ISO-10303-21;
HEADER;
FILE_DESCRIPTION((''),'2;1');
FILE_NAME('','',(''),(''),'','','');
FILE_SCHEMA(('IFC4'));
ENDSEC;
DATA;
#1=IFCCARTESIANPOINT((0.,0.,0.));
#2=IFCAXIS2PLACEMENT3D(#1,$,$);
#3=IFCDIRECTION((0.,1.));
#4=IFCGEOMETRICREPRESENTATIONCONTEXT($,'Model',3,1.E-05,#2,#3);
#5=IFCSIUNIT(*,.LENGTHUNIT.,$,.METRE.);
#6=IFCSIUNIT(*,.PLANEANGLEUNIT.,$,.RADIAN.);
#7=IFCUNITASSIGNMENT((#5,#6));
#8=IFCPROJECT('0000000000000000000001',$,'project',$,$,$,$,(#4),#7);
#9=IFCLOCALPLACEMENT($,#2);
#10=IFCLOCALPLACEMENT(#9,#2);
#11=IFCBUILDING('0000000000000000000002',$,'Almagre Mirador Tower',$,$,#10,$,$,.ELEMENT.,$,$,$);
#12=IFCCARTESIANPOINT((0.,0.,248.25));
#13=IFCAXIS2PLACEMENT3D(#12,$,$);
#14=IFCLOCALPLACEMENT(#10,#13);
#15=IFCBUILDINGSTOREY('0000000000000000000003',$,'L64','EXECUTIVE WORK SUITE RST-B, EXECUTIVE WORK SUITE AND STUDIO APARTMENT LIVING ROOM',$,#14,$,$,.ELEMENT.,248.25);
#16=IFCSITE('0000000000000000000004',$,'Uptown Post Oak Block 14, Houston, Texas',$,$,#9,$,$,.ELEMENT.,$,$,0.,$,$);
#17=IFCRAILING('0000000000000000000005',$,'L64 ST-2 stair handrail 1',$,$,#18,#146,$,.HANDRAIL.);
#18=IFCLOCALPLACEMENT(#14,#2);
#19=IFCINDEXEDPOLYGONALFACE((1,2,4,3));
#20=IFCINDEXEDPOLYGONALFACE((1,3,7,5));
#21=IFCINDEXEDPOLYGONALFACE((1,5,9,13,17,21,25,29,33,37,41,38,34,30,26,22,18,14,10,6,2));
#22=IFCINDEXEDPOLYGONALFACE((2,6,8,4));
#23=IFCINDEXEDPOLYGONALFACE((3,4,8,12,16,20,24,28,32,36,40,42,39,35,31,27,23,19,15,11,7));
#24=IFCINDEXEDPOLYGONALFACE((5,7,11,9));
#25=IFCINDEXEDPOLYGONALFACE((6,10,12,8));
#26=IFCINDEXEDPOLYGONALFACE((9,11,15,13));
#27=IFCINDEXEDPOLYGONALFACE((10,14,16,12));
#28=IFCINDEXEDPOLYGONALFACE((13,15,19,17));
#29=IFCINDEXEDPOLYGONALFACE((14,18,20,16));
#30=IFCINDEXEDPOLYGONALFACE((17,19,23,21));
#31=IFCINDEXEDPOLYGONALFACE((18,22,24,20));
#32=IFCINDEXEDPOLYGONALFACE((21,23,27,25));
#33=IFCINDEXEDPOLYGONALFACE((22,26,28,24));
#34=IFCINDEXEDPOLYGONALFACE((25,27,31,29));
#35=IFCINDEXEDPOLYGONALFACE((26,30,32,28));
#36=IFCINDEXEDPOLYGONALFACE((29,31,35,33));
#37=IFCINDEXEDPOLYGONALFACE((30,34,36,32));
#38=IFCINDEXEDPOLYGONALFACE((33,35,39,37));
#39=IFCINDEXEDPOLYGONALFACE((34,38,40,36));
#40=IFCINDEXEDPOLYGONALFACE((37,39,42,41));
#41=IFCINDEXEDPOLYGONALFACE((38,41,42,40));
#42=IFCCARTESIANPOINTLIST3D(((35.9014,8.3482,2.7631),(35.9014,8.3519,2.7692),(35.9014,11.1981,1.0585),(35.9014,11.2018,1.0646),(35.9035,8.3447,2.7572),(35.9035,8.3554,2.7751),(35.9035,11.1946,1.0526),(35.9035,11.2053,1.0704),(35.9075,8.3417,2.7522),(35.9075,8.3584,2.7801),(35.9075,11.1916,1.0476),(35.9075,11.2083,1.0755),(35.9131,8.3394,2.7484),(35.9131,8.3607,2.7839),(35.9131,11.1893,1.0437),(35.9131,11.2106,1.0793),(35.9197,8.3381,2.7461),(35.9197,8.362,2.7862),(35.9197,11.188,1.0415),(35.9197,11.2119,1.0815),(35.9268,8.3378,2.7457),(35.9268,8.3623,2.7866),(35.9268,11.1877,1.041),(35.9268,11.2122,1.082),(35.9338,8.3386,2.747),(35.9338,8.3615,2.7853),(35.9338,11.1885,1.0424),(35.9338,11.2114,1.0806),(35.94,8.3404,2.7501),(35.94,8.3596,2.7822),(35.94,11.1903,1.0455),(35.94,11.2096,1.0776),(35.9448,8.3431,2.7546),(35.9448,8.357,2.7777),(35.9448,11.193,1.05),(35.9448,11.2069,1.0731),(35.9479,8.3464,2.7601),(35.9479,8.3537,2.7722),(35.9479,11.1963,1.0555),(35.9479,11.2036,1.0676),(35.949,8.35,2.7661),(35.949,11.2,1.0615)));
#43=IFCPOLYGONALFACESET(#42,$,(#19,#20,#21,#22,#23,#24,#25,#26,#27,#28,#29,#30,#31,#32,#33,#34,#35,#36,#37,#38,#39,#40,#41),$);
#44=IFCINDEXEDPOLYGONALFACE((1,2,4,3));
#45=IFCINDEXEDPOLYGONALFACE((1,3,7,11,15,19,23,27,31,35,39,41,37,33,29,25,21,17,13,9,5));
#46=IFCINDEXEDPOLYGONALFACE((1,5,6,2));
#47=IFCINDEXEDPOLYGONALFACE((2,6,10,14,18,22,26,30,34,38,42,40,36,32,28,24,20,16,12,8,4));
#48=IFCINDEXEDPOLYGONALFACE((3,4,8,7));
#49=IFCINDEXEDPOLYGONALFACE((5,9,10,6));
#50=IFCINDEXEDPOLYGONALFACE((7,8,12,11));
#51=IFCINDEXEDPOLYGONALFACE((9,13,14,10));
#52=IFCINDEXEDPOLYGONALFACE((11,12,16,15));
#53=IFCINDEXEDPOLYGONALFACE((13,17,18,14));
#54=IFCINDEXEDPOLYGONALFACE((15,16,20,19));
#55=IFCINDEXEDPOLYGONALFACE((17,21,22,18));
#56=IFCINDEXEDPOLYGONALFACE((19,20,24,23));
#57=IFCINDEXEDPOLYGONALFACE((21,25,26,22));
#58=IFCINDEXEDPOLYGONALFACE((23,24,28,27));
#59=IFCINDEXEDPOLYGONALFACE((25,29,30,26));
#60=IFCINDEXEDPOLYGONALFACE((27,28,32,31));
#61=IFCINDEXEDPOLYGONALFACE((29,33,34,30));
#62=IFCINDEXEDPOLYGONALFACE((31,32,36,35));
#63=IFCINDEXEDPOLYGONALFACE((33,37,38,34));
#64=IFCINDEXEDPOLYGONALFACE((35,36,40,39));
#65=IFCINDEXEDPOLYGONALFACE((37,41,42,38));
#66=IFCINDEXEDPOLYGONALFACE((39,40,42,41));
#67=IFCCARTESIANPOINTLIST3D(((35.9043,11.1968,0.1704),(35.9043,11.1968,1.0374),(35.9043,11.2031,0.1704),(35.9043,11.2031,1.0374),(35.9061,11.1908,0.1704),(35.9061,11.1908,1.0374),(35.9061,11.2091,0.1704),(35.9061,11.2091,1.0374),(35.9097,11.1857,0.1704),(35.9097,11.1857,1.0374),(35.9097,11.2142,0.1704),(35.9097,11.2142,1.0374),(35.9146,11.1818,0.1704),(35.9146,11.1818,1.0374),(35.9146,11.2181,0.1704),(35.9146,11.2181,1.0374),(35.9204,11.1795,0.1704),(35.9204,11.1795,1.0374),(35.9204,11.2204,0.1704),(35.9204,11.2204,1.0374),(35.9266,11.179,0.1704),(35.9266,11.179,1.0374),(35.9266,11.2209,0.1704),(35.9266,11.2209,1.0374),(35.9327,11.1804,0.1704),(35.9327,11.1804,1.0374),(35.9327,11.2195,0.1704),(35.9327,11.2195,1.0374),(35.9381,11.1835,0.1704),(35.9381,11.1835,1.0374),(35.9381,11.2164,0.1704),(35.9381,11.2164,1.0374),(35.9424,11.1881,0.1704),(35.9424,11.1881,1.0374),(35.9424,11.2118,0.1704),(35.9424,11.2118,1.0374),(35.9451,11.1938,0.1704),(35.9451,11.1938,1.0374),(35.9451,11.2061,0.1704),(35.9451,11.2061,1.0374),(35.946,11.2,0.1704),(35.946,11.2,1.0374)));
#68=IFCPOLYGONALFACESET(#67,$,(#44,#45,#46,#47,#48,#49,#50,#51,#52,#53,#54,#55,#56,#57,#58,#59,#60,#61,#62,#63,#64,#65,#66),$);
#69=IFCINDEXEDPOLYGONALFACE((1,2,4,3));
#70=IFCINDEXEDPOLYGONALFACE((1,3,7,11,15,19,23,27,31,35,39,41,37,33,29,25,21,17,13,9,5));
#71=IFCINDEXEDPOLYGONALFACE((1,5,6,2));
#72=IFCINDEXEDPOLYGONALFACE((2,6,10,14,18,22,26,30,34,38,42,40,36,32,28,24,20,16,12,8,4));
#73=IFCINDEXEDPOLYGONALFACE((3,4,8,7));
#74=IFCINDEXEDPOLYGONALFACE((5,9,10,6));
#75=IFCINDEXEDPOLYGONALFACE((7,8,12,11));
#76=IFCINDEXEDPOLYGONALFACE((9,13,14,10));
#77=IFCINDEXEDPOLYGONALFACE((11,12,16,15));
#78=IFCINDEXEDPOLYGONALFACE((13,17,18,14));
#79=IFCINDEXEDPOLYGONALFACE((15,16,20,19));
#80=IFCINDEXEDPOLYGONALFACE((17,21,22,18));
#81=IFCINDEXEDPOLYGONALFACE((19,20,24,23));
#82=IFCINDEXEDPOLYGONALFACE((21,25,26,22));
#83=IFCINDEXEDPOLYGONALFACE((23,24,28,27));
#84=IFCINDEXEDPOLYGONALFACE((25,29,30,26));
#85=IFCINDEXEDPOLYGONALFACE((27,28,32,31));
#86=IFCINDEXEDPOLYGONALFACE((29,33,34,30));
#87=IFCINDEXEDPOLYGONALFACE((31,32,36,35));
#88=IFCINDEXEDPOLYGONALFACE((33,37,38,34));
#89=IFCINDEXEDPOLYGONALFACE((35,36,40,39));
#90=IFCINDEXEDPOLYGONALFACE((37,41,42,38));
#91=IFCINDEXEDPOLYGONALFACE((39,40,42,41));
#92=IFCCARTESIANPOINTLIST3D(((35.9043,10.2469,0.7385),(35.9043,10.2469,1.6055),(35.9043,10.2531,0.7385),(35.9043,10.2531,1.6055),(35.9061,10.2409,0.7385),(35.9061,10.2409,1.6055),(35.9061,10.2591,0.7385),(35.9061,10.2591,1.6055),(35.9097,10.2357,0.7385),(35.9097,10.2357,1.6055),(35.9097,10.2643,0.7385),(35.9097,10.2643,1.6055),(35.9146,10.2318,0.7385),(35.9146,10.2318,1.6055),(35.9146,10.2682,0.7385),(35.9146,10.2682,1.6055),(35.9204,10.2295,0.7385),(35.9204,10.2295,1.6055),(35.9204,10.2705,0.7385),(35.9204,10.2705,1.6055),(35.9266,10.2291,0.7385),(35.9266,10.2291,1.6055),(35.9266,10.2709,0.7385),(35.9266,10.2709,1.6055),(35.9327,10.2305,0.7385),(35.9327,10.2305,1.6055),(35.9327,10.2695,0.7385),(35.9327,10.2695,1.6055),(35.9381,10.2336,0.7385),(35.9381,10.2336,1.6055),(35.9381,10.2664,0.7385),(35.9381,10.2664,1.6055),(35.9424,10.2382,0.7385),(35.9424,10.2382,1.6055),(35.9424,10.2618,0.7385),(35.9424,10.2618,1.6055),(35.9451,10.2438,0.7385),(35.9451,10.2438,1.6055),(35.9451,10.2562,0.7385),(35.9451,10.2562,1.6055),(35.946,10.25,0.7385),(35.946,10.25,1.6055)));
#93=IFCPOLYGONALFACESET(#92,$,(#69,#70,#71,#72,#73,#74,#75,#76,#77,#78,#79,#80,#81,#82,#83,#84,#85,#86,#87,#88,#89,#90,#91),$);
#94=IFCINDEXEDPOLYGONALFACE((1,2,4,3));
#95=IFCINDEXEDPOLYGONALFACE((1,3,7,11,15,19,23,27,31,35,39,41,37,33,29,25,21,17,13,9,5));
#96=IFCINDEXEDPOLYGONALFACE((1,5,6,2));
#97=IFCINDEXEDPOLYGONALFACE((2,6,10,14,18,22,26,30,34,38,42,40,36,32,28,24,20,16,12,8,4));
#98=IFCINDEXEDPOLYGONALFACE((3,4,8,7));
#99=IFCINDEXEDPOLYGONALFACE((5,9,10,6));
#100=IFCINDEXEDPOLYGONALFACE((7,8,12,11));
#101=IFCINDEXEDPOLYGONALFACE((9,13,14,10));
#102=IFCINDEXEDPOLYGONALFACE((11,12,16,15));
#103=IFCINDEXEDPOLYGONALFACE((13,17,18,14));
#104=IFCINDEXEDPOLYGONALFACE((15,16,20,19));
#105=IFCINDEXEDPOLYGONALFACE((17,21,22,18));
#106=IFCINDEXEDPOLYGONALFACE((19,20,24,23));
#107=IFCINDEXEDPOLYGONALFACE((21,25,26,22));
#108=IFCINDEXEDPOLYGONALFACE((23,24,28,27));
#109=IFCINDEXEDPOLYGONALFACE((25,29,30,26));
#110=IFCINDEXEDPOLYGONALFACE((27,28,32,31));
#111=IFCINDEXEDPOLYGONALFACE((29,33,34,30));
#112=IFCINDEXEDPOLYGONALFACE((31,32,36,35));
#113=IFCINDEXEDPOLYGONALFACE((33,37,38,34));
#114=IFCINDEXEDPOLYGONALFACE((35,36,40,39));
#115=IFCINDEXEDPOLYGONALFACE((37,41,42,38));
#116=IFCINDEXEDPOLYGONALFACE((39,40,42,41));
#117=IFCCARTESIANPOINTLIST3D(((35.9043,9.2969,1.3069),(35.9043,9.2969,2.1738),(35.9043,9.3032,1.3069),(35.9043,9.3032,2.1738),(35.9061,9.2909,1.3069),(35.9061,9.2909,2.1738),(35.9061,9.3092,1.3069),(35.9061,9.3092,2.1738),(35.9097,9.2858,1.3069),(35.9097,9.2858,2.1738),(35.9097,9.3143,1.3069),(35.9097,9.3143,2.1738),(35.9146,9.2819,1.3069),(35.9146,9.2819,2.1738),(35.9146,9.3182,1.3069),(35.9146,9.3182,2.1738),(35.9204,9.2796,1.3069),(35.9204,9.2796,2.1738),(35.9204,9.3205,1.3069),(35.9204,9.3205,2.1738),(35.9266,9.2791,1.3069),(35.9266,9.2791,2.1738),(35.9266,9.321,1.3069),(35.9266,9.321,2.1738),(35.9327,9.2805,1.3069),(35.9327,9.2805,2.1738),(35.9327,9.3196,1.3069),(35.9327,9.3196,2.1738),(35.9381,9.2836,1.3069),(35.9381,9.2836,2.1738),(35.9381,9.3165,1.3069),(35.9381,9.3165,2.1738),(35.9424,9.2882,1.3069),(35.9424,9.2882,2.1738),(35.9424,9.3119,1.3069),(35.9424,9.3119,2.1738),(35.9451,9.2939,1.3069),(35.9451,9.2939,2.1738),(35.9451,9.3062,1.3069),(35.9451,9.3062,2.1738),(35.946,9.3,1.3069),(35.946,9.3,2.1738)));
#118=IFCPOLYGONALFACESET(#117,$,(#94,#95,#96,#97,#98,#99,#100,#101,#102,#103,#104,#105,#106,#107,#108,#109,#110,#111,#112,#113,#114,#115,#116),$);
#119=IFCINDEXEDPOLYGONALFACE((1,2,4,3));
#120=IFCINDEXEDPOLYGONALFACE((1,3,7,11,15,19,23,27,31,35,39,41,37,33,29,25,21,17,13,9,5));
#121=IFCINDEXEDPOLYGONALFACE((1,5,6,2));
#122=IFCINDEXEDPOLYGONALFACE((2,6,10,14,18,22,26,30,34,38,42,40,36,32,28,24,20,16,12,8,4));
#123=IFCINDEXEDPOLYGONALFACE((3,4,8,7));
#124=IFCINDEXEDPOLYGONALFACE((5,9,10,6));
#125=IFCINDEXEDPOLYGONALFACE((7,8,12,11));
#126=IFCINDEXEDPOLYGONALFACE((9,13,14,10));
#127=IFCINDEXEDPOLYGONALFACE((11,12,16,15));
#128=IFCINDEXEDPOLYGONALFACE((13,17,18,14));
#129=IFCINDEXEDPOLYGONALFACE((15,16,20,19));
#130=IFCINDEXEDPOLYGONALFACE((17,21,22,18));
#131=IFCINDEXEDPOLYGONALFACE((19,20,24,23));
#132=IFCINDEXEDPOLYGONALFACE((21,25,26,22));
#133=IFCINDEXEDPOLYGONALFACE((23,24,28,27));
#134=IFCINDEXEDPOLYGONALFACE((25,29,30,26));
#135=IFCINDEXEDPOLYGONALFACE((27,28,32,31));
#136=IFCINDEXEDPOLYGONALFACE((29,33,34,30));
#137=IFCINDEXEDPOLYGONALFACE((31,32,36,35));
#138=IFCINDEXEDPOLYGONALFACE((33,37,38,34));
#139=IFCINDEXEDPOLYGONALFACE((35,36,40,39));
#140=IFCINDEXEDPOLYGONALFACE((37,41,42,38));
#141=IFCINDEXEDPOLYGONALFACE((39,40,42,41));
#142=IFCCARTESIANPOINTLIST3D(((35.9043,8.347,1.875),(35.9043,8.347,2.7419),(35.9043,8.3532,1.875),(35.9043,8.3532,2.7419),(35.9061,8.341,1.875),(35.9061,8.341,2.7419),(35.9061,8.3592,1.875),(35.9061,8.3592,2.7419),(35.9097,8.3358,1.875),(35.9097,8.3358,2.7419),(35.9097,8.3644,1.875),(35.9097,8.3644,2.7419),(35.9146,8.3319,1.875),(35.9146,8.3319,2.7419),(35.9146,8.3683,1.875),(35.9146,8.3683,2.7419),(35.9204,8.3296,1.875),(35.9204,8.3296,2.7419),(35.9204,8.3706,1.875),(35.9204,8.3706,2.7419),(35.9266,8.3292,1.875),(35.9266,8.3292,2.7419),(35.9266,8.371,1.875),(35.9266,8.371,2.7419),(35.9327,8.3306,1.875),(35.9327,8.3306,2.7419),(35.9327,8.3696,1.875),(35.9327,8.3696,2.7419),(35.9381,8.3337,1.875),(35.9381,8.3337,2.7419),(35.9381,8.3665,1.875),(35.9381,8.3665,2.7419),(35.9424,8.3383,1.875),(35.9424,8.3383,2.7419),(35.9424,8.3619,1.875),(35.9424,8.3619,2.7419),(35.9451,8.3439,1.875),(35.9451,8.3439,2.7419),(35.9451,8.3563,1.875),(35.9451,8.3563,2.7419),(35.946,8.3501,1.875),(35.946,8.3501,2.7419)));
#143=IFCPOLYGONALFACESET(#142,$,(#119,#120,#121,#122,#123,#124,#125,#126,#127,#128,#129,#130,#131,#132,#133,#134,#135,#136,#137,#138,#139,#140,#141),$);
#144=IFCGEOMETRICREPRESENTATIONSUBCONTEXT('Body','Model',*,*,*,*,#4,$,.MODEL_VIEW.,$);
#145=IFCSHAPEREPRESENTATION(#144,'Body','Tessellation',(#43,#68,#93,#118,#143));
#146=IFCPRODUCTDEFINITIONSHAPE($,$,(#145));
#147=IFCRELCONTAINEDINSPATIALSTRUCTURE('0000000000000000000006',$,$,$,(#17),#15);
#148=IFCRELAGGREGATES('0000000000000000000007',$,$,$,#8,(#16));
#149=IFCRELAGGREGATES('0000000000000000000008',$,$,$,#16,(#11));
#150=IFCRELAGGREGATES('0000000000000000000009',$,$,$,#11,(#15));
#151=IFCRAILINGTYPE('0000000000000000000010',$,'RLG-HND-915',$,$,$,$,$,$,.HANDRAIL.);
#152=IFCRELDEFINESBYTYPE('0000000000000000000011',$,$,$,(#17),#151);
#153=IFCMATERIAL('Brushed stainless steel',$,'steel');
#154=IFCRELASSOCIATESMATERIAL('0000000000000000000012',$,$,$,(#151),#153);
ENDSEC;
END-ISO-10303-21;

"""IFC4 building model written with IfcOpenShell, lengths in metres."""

from ifc_helpers import new_model, si_unit, direction, frame, origin, origin_2d, place, context, subcontext, project, spatial, circle, extrude, material, type_object, element, save


model = new_model("IFC4")

# Units and contexts
model_context = context("Model", 3, precision=1e-05, world=origin(), true_north=direction((0.0, 1.0)))
body_context = subcontext(model_context, "Body", "Model", "MODEL_VIEW")
ifc_project = project(units=[si_unit("LENGTHUNIT", "METRE"), si_unit("PLANEANGLEUNIT", "RADIAN")], contexts=[model_context])

# Site, building, storey
site_placement = place(None, origin())
site = spatial("IfcSite", under=ifc_project, at=site_placement, Name="Uptown Post Oak Block 14, Houston, Texas", CompositionType="ELEMENT", RefElevation=0.0)
building_placement = place(site_placement, origin())
building = spatial("IfcBuilding", under=site, at=building_placement, Name="Almagre Mirador Tower", CompositionType="ELEMENT")
storey_placement = place(building_placement, frame((0.0, 0.0, 248.25)))
storey = spatial("IfcBuildingStorey", under=building, at=storey_placement, Name="L64", Description="EXECUTIVE WORK SUITE RST-B, EXECUTIVE WORK SUITE AND STUDIO APARTMENT LIVING ROOM", CompositionType="ELEMENT", Elevation=248.25)

# Railing
ifc_material_1 = material(Name="Brushed stainless steel", Category="steel")
railing_type_1 = type_object("IfcRailingType", Name="RLG-HND-915", PredefinedType="HANDRAIL", material=ifc_material_1)
railing_1_placement = place(storey_placement, frame((35.925, 11.2, 0.1704)))
element("IfcRailing", 1, at=railing_1_placement, inside=storey, type_object=railing_type_1, Name="L64 ST-2 stair handrail 1", PredefinedType="HANDRAIL", context=body_context, shape_type="SweptSolid", body=[
    extrude(circle(Radius=0.0239, at=origin_2d()), frame((0.0, 0.0, 0.8911), z_axis=(0.0, -0.858199, 0.513317), x_axis=(1.0, 0.0, 0.0)), (0.0, 0.0, 1.0), 3.3208),
    extrude(circle(Radius=0.021, at=origin_2d()), origin(), (0.0, 0.0, 1.0), 0.8669),
    extrude(circle(Radius=0.021, at=origin_2d()), frame((0.0, -0.95, 0.5681)), (0.0, 0.0, 1.0), 0.8669),
    extrude(circle(Radius=0.021, at=origin_2d()), frame((0.0, -1.8999, 1.1365)), (0.0, 0.0, 1.0), 0.8669),
    extrude(circle(Radius=0.021, at=origin_2d()), frame((0.0, -2.8499, 1.7046)), (0.0, 0.0, 1.0), 0.8669),
])

save(model, "model.ifc")
